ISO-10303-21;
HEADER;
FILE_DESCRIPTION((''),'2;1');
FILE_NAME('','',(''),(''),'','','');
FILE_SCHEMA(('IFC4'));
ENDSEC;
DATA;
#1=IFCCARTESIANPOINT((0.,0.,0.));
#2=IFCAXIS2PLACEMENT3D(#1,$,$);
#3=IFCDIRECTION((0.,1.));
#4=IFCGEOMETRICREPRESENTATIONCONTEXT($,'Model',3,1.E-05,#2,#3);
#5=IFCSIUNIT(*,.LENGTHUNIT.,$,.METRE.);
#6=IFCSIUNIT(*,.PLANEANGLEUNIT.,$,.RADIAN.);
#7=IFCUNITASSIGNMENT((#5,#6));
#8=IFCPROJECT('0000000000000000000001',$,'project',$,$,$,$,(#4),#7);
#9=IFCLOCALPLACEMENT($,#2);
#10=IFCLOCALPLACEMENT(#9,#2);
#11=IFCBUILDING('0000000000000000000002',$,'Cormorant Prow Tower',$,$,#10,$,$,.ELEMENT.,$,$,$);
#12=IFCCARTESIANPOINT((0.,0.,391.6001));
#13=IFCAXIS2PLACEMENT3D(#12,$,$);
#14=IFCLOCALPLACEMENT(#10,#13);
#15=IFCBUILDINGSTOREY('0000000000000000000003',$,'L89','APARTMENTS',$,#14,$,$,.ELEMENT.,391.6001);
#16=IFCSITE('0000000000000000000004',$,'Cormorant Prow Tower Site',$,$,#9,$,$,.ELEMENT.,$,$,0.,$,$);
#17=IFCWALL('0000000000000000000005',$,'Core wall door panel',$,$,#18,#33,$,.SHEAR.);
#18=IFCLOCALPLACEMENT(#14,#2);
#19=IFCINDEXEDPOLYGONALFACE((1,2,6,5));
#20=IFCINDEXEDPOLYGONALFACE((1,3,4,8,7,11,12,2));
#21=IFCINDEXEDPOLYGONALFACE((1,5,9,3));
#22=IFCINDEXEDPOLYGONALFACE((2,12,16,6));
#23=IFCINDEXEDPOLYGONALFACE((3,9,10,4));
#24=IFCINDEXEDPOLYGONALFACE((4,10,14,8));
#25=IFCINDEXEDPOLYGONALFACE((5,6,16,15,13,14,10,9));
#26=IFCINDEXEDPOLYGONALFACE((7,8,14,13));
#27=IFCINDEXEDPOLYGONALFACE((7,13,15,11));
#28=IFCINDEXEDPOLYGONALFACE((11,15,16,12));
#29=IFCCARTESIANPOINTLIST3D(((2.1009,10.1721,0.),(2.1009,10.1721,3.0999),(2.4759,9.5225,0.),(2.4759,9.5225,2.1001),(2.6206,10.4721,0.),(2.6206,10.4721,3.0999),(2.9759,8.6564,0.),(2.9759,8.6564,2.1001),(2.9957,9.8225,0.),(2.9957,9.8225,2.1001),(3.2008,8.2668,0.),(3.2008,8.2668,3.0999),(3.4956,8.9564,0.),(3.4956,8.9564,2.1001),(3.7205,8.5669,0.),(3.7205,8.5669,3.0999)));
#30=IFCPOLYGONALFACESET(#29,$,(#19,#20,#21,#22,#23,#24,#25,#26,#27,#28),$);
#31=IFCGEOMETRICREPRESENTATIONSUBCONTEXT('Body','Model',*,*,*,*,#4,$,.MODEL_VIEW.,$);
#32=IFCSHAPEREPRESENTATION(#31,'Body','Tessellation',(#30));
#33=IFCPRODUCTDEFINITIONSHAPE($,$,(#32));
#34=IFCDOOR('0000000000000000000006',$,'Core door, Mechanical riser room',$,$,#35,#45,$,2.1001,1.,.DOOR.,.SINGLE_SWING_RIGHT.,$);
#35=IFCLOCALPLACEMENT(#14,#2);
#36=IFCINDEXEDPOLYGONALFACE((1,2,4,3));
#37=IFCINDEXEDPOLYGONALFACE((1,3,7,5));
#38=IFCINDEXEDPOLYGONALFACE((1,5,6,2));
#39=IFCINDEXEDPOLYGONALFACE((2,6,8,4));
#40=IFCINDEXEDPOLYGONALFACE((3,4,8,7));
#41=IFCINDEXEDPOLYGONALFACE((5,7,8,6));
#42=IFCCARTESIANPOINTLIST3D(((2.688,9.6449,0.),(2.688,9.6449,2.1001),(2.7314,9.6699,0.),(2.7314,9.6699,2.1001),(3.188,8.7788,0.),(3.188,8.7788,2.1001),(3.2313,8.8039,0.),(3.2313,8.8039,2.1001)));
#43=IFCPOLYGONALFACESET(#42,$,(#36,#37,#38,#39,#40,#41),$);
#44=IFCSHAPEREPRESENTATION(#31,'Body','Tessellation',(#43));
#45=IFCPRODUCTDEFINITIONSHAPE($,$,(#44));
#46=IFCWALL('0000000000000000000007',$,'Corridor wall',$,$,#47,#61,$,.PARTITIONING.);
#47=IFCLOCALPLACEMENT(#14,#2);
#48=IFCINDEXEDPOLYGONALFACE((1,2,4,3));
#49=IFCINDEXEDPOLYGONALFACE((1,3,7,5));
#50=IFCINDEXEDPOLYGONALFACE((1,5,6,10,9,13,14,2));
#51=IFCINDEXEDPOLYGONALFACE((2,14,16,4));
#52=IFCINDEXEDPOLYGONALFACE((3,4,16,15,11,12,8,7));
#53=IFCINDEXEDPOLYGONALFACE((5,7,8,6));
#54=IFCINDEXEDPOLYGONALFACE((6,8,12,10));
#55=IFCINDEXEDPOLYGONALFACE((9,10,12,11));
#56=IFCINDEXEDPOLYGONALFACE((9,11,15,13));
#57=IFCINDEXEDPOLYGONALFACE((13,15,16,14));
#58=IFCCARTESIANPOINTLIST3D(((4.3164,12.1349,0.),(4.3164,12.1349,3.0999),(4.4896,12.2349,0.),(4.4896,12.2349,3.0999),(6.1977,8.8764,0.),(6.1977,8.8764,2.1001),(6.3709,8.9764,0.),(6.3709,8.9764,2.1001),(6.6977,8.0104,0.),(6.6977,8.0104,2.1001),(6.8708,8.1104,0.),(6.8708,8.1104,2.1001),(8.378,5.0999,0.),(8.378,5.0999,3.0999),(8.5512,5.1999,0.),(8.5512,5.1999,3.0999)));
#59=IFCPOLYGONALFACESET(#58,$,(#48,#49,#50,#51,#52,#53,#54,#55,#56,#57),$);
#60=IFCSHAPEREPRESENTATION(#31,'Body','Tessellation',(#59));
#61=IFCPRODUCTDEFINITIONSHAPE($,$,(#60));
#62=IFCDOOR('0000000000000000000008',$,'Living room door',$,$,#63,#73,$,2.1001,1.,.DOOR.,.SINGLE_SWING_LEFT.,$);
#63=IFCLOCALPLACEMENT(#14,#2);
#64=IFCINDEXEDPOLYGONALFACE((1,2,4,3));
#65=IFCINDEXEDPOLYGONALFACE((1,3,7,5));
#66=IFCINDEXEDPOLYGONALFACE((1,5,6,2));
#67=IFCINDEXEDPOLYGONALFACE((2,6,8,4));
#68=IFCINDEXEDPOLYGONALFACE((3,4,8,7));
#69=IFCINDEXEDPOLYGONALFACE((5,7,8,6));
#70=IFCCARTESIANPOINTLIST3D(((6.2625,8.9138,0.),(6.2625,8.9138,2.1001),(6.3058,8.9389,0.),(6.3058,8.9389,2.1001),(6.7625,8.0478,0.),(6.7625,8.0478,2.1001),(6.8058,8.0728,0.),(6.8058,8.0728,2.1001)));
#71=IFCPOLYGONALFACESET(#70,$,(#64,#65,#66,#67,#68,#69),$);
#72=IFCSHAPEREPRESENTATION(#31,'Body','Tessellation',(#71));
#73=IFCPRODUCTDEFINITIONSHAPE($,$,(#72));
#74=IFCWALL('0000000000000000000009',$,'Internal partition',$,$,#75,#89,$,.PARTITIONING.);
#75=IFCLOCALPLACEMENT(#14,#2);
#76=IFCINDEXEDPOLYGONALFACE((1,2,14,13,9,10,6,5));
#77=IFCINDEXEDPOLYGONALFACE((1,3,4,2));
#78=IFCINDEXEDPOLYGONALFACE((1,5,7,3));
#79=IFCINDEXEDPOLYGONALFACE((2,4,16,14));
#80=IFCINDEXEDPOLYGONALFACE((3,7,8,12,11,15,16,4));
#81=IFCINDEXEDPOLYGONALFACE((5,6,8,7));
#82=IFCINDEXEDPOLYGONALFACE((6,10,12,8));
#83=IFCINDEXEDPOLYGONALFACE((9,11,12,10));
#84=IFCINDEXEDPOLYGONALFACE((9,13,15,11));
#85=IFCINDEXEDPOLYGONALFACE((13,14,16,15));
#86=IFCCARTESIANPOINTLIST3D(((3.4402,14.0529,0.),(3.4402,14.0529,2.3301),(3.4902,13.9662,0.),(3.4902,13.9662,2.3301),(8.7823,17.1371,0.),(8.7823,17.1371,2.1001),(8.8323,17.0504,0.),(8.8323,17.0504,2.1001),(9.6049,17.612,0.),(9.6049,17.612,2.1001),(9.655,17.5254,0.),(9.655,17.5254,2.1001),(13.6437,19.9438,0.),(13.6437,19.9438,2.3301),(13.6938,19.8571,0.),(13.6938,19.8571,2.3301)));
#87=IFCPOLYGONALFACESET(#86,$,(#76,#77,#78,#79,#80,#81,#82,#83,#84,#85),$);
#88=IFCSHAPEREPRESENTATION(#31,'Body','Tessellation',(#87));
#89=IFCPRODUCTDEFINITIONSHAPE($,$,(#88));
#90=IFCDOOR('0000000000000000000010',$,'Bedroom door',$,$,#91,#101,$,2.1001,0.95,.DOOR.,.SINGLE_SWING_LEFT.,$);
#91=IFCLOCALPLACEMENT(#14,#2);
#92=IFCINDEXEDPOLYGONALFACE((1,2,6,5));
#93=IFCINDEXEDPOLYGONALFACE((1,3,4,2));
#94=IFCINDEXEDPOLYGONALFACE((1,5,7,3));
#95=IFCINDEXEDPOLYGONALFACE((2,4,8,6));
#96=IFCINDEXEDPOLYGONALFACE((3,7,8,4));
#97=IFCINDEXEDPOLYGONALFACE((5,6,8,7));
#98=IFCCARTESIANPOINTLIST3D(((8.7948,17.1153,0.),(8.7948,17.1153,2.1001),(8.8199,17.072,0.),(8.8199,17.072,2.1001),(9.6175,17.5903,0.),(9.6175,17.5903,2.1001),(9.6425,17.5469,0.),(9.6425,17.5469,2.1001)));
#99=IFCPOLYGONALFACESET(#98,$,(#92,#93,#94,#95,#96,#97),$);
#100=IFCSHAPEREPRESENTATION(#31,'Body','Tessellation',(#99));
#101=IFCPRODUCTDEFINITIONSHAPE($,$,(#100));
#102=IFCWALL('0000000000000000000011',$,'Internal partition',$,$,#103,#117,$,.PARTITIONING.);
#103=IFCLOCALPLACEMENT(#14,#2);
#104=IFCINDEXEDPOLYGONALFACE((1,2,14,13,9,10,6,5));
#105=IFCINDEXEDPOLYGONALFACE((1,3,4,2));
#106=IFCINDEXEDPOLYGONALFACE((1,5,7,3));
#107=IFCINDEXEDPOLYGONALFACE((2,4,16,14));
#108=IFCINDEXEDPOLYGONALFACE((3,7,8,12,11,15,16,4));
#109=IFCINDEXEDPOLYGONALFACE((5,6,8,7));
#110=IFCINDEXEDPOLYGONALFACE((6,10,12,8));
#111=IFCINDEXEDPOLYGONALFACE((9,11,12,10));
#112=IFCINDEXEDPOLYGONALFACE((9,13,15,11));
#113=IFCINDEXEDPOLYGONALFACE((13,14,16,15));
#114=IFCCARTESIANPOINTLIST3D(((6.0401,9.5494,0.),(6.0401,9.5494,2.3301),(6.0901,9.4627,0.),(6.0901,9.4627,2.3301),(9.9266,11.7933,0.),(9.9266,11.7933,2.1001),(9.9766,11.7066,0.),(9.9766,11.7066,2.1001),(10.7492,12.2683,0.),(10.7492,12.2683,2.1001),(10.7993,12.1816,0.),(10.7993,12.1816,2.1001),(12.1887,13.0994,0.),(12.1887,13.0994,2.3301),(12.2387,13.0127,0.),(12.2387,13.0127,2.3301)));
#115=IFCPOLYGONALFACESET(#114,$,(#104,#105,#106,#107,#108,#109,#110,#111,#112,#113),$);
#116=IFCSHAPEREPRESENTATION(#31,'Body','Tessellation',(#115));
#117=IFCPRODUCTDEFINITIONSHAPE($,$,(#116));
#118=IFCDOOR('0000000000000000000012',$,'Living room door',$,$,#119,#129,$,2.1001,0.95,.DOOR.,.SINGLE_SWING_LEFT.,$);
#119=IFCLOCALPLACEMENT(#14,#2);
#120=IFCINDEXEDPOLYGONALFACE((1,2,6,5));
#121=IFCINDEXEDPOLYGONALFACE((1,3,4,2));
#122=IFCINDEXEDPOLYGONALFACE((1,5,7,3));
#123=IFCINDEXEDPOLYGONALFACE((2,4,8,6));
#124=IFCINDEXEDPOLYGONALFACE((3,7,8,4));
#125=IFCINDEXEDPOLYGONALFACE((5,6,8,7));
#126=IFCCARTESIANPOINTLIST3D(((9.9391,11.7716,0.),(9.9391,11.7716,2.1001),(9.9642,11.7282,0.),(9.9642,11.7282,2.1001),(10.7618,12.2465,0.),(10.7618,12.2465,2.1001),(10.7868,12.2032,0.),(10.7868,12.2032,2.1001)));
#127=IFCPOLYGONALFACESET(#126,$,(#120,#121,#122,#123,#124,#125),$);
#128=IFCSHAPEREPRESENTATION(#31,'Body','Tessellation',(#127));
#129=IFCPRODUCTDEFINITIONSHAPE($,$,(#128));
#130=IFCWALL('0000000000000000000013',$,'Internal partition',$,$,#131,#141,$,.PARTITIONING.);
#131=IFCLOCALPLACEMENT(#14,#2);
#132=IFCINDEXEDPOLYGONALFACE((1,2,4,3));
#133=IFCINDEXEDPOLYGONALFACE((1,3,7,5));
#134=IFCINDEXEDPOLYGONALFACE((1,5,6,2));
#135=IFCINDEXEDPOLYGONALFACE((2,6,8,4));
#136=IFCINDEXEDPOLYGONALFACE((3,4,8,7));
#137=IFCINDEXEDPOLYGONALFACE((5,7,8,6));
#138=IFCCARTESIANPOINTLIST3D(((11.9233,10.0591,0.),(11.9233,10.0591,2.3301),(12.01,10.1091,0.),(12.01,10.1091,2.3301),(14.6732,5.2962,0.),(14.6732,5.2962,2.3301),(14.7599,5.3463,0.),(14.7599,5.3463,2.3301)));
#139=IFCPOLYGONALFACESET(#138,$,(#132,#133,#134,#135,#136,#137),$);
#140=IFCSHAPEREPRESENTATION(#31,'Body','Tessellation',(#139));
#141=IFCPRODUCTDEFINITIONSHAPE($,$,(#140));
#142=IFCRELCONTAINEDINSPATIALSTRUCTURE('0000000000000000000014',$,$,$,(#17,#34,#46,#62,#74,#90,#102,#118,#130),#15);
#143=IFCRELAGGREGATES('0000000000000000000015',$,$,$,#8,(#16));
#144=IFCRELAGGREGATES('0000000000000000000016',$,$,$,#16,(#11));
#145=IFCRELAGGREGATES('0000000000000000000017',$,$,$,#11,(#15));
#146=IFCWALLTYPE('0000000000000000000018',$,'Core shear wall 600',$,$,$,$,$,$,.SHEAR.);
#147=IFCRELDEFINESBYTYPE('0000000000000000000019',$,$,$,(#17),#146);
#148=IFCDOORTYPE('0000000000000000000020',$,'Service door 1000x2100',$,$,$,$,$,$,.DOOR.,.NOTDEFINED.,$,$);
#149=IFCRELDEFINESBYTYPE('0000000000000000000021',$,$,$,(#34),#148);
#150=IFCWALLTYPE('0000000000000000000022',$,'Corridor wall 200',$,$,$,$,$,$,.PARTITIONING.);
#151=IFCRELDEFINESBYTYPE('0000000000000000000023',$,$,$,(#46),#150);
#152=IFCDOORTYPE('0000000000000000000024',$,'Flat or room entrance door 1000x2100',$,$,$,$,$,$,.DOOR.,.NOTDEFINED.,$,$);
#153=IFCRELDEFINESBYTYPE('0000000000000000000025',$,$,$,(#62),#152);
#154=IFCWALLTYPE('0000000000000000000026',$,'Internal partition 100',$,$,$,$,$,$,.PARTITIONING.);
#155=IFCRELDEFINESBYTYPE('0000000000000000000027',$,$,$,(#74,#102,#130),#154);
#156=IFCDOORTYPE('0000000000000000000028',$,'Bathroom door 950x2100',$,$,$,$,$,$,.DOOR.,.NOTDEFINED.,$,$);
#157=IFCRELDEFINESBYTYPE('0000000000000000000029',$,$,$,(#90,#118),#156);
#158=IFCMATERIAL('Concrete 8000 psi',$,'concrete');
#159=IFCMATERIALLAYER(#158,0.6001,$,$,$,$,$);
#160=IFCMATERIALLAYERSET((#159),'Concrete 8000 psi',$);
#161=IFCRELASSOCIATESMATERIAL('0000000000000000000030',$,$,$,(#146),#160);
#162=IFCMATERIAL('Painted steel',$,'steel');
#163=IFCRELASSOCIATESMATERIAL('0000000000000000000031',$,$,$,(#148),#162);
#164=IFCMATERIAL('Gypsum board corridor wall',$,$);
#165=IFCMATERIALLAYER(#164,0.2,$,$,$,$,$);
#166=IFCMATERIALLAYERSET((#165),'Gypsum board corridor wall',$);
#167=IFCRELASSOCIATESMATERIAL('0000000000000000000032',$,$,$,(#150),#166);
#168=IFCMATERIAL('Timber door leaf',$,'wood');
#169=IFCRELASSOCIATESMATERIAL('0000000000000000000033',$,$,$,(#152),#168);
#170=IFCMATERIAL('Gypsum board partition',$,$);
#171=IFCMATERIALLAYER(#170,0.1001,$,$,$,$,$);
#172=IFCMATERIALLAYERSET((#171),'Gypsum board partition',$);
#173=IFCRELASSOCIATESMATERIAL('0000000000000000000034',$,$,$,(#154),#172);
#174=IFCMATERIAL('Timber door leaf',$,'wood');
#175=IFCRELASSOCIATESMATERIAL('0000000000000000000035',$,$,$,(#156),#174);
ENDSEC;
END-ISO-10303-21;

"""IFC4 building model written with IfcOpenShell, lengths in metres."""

from ifc_helpers import new_model, si_unit, direction, frame, frame_2d, origin, place, context, subcontext, project, spatial, rectangle, extrude, material, layer, layer_set, type_object, element, fill, save


model = new_model("IFC4")

# Units and contexts
model_context = context("Model", 3, precision=1e-05, world=origin(), true_north=direction((0.0, 1.0)))
body_context = subcontext(model_context, "Body", "Model", "MODEL_VIEW")
ifc_project = project(units=[si_unit("LENGTHUNIT", "METRE"), si_unit("PLANEANGLEUNIT", "RADIAN")], contexts=[model_context])

# Site, building, storey
site_placement = place(None, origin())
site = spatial("IfcSite", under=ifc_project, at=site_placement, Name="Cormorant Prow Tower Site", CompositionType="ELEMENT", RefElevation=0.0)
building_placement = place(site_placement, origin())
building = spatial("IfcBuilding", under=site, at=building_placement, Name="Cormorant Prow Tower", CompositionType="ELEMENT")
storey_placement = place(building_placement, frame((0.0, 0.0, 391.6001)))
storey = spatial("IfcBuildingStorey", under=building, at=storey_placement, Name="L89", Description="APARTMENTS", CompositionType="ELEMENT", Elevation=391.6001)

# Shared definitions
ifc_material_1 = material(Name="Concrete 8000 psi", Category="concrete")
ifc_layer_1 = layer(ifc_material_1, 0.6001)
ifc_layer_set_1 = layer_set([ifc_layer_1], Name="Concrete 8000 psi")
wall_type_1 = type_object("IfcWallType", Name="Core shear wall 600", PredefinedType="SHEAR", material=ifc_layer_set_1)

# Walls, openings, doors
wall_1_placement = place(storey_placement, frame((3.4607, 8.4167, 0.0), z_axis=(0.0, 0.0, 1.0), x_axis=(-0.499947, 0.866056, 0.0)))
wall_1 = element("IfcWall", 1, at=wall_1_placement, inside=storey, type_object=wall_type_1, Name="Core wall door panel", PredefinedType="SHEAR", context=body_context, shape_type="SweptSolid", body=[
    extrude(rectangle(XDim=2.2, YDim=0.6001, at=frame_2d((1.1001, 0.0))), origin(), (0.0, 0.0, 1.0), 3.0999),
])
opening_1_placement = place(wall_1_placement, frame((0.45, 0.0, 0.0)))
opening_1 = element("IfcOpeningElement", 2, at=opening_1_placement, cuts=wall_1, PredefinedType="OPENING", context=body_context, shape_type="SweptSolid", body=[
    extrude(rectangle(XDim=1.0, YDim=2.1001, at=frame_2d((0.5, 1.05))), frame((0.0, 0.3101, 0.0), z_axis=(0.0, -1.0, 0.0), x_axis=(1.0, 0.0, 0.0)), (0.0, 0.0, 1.0), 0.6201),
])
ifc_material_2 = material(Name="Painted steel", Category="steel")
door_type_1 = type_object("IfcDoorType", Name="Service door 1000x2100", OperationType="NOTDEFINED", PredefinedType="DOOR", material=ifc_material_2)
door_1_placement = place(opening_1_placement, origin())
door_1 = element("IfcDoor", 3, at=door_1_placement, inside=storey, type_object=door_type_1, Name="Core door, Mechanical riser room", OperationType="SINGLE_SWING_RIGHT", OverallHeight=2.1001, OverallWidth=1.0, PredefinedType="DOOR", context=body_context, shape_type="SweptSolid", body=[
    extrude(rectangle(XDim=1.0, YDim=2.1001, at=frame_2d((0.5, 1.05))), frame((0.0, 0.0552, 0.0), z_axis=(0.0, -1.0, 0.0), x_axis=(1.0, 0.0, 0.0)), (0.0, 0.0, 1.0), 0.05),
])
fill(opening_1, door_1)
ifc_material_3 = material(Name="Gypsum board corridor wall")
ifc_layer_2 = layer(ifc_material_3, 0.2)
ifc_layer_set_2 = layer_set([ifc_layer_2], Name="Gypsum board corridor wall")
wall_type_2 = type_object("IfcWallType", Name="Corridor wall 200", PredefinedType="PARTITIONING", material=ifc_layer_set_2)
wall_2_placement = place(storey_placement, frame((4.4031, 12.1848, 0.0), z_axis=(0.0, 0.0, 1.0), x_axis=(0.499992, -0.86603, 0.0)))
wall_2 = element("IfcWall", 4, at=wall_2_placement, inside=storey, type_object=wall_type_2, Name="Corridor wall", PredefinedType="PARTITIONING", context=body_context, shape_type="SweptSolid", body=[
    extrude(rectangle(XDim=8.1233, YDim=0.2, at=frame_2d((4.0615, 0.0))), origin(), (0.0, 0.0, 1.0), 3.0999),
])
opening_2_placement = place(wall_2_placement, frame((3.7625, 0.0, 0.0)))
opening_2 = element("IfcOpeningElement", 5, at=opening_2_placement, cuts=wall_2, PredefinedType="OPENING", context=body_context, shape_type="SweptSolid", body=[
    extrude(rectangle(XDim=1.0, YDim=2.1001, at=frame_2d((0.5, 1.05))), frame((0.0, 0.1099, 0.0), z_axis=(0.0, -1.0, 0.0), x_axis=(1.0, 0.0, 0.0)), (0.0, 0.0, 1.0), 0.22),
])
ifc_material_4 = material(Name="Timber door leaf", Category="wood")
door_type_2 = type_object("IfcDoorType", Name="Flat or room entrance door 1000x2100", OperationType="NOTDEFINED", PredefinedType="DOOR", material=ifc_material_4)
door_2_placement = place(opening_2_placement, origin())
door_2 = element("IfcDoor", 6, at=door_2_placement, inside=storey, type_object=door_type_2, Name="Living room door", OperationType="SINGLE_SWING_LEFT", OverallHeight=2.1001, OverallWidth=1.0, PredefinedType="DOOR", context=body_context, shape_type="SweptSolid", body=[
    extrude(rectangle(XDim=1.0, YDim=2.1001, at=frame_2d((0.5, 1.05))), frame((0.0, 0.0249, 0.0), z_axis=(0.0, -1.0, 0.0), x_axis=(1.0, 0.0, 0.0)), (0.0, 0.0, 1.0), 0.05),
])
fill(opening_2, door_2)
ifc_material_5 = material(Name="Gypsum board partition")
ifc_layer_3 = layer(ifc_material_5, 0.1001)
ifc_layer_set_3 = layer_set([ifc_layer_3], Name="Gypsum board partition")
wall_type_3 = type_object("IfcWallType", Name="Internal partition 100", PredefinedType="PARTITIONING", material=ifc_layer_set_3)
wall_3_placement = place(storey_placement, frame((3.4651, 14.0095, 0.0), z_axis=(0.0, 0.0, 1.0), x_axis=(0.866032, 0.499988, 0.0)))
wall_3 = element("IfcWall", 7, at=wall_3_placement, inside=storey, type_object=wall_type_3, Name="Internal partition", PredefinedType="PARTITIONING", context=body_context, shape_type="SweptSolid", body=[
    extrude(rectangle(XDim=11.782, YDim=0.1001, at=frame_2d((5.8911, 0.0))), origin(), (0.0, 0.0, 1.0), 2.3301),
])
opening_3_placement = place(wall_3_placement, frame((6.1685, 0.0, 0.0)))
opening_3 = element("IfcOpeningElement", 8, at=opening_3_placement, cuts=wall_3, PredefinedType="OPENING", context=body_context, shape_type="SweptSolid", body=[
    extrude(rectangle(XDim=0.95, YDim=2.1001, at=frame_2d((0.4751, 1.05))), frame((0.0, 0.0601, 0.0), z_axis=(0.0, -1.0, 0.0), x_axis=(1.0, 0.0, 0.0)), (0.0, 0.0, 1.0), 0.1201),
])
ifc_material_6 = material(Name="Timber door leaf", Category="wood")
door_type_3 = type_object("IfcDoorType", Name="Bathroom door 950x2100", OperationType="NOTDEFINED", PredefinedType="DOOR", material=ifc_material_6)
door_3_placement = place(opening_3_placement, origin())
door_3 = element("IfcDoor", 9, at=door_3_placement, inside=storey, type_object=door_type_3, Name="Bedroom door", OperationType="SINGLE_SWING_LEFT", OverallHeight=2.1001, OverallWidth=0.95, PredefinedType="DOOR", context=body_context, shape_type="SweptSolid", body=[
    extrude(rectangle(XDim=0.95, YDim=2.1001, at=frame_2d((0.4751, 1.05))), frame((0.0, 0.0249, 0.0), z_axis=(0.0, -1.0, 0.0), x_axis=(1.0, 0.0, 0.0)), (0.0, 0.0, 1.0), 0.05),
])
fill(opening_3, door_3)
wall_4_placement = place(storey_placement, frame((6.0652, 9.5061, 0.0), z_axis=(0.0, 0.0, 1.0), x_axis=(0.866019, 0.500011, 0.0)))
wall_4 = element("IfcWall", 10, at=wall_4_placement, inside=storey, type_object=wall_type_3, Name="Internal partition", PredefinedType="PARTITIONING", context=body_context, shape_type="SweptSolid", body=[
    extrude(rectangle(XDim=7.0999, YDim=0.1001, at=frame_2d((3.5498, 0.0))), origin(), (0.0, 0.0, 1.0), 2.3301),
])
opening_4_placement = place(wall_4_placement, frame((4.4875, 0.0, 0.0)))
opening_4 = element("IfcOpeningElement", 11, at=opening_4_placement, cuts=wall_4, PredefinedType="OPENING", context=body_context, shape_type="SweptSolid", body=[
    extrude(rectangle(XDim=0.95, YDim=2.1001, at=frame_2d((0.4751, 1.05))), frame((0.0, 0.0601, 0.0), z_axis=(0.0, -1.0, 0.0), x_axis=(1.0, 0.0, 0.0)), (0.0, 0.0, 1.0), 0.1201),
])
door_4_placement = place(opening_4_placement, origin())
door_4 = element("IfcDoor", 12, at=door_4_placement, inside=storey, type_object=door_type_3, Name="Living room door", OperationType="SINGLE_SWING_LEFT", OverallHeight=2.1001, OverallWidth=0.95, PredefinedType="DOOR", context=body_context, shape_type="SweptSolid", body=[
    extrude(rectangle(XDim=0.95, YDim=2.1001, at=frame_2d((0.4751, 1.05))), frame((0.0, 0.0249, 0.0), z_axis=(0.0, -1.0, 0.0), x_axis=(1.0, 0.0, 0.0)), (0.0, 0.0, 1.0), 0.05),
])
fill(opening_4, door_4)

# Wall
wall_5_placement = place(storey_placement, frame((11.9666, 10.0842, 0.0), z_axis=(0.0, 0.0, 1.0), x_axis=(0.500016, -0.866016, 0.0)))
element("IfcWall", 13, at=wall_5_placement, inside=storey, type_object=wall_type_3, Name="Internal partition", PredefinedType="PARTITIONING", context=body_context, shape_type="SweptSolid", body=[
    extrude(rectangle(XDim=5.4998, YDim=0.1001, at=frame_2d((2.75, 0.0))), origin(), (0.0, 0.0, 1.0), 2.3301),
])

save(model, "model.ifc")
